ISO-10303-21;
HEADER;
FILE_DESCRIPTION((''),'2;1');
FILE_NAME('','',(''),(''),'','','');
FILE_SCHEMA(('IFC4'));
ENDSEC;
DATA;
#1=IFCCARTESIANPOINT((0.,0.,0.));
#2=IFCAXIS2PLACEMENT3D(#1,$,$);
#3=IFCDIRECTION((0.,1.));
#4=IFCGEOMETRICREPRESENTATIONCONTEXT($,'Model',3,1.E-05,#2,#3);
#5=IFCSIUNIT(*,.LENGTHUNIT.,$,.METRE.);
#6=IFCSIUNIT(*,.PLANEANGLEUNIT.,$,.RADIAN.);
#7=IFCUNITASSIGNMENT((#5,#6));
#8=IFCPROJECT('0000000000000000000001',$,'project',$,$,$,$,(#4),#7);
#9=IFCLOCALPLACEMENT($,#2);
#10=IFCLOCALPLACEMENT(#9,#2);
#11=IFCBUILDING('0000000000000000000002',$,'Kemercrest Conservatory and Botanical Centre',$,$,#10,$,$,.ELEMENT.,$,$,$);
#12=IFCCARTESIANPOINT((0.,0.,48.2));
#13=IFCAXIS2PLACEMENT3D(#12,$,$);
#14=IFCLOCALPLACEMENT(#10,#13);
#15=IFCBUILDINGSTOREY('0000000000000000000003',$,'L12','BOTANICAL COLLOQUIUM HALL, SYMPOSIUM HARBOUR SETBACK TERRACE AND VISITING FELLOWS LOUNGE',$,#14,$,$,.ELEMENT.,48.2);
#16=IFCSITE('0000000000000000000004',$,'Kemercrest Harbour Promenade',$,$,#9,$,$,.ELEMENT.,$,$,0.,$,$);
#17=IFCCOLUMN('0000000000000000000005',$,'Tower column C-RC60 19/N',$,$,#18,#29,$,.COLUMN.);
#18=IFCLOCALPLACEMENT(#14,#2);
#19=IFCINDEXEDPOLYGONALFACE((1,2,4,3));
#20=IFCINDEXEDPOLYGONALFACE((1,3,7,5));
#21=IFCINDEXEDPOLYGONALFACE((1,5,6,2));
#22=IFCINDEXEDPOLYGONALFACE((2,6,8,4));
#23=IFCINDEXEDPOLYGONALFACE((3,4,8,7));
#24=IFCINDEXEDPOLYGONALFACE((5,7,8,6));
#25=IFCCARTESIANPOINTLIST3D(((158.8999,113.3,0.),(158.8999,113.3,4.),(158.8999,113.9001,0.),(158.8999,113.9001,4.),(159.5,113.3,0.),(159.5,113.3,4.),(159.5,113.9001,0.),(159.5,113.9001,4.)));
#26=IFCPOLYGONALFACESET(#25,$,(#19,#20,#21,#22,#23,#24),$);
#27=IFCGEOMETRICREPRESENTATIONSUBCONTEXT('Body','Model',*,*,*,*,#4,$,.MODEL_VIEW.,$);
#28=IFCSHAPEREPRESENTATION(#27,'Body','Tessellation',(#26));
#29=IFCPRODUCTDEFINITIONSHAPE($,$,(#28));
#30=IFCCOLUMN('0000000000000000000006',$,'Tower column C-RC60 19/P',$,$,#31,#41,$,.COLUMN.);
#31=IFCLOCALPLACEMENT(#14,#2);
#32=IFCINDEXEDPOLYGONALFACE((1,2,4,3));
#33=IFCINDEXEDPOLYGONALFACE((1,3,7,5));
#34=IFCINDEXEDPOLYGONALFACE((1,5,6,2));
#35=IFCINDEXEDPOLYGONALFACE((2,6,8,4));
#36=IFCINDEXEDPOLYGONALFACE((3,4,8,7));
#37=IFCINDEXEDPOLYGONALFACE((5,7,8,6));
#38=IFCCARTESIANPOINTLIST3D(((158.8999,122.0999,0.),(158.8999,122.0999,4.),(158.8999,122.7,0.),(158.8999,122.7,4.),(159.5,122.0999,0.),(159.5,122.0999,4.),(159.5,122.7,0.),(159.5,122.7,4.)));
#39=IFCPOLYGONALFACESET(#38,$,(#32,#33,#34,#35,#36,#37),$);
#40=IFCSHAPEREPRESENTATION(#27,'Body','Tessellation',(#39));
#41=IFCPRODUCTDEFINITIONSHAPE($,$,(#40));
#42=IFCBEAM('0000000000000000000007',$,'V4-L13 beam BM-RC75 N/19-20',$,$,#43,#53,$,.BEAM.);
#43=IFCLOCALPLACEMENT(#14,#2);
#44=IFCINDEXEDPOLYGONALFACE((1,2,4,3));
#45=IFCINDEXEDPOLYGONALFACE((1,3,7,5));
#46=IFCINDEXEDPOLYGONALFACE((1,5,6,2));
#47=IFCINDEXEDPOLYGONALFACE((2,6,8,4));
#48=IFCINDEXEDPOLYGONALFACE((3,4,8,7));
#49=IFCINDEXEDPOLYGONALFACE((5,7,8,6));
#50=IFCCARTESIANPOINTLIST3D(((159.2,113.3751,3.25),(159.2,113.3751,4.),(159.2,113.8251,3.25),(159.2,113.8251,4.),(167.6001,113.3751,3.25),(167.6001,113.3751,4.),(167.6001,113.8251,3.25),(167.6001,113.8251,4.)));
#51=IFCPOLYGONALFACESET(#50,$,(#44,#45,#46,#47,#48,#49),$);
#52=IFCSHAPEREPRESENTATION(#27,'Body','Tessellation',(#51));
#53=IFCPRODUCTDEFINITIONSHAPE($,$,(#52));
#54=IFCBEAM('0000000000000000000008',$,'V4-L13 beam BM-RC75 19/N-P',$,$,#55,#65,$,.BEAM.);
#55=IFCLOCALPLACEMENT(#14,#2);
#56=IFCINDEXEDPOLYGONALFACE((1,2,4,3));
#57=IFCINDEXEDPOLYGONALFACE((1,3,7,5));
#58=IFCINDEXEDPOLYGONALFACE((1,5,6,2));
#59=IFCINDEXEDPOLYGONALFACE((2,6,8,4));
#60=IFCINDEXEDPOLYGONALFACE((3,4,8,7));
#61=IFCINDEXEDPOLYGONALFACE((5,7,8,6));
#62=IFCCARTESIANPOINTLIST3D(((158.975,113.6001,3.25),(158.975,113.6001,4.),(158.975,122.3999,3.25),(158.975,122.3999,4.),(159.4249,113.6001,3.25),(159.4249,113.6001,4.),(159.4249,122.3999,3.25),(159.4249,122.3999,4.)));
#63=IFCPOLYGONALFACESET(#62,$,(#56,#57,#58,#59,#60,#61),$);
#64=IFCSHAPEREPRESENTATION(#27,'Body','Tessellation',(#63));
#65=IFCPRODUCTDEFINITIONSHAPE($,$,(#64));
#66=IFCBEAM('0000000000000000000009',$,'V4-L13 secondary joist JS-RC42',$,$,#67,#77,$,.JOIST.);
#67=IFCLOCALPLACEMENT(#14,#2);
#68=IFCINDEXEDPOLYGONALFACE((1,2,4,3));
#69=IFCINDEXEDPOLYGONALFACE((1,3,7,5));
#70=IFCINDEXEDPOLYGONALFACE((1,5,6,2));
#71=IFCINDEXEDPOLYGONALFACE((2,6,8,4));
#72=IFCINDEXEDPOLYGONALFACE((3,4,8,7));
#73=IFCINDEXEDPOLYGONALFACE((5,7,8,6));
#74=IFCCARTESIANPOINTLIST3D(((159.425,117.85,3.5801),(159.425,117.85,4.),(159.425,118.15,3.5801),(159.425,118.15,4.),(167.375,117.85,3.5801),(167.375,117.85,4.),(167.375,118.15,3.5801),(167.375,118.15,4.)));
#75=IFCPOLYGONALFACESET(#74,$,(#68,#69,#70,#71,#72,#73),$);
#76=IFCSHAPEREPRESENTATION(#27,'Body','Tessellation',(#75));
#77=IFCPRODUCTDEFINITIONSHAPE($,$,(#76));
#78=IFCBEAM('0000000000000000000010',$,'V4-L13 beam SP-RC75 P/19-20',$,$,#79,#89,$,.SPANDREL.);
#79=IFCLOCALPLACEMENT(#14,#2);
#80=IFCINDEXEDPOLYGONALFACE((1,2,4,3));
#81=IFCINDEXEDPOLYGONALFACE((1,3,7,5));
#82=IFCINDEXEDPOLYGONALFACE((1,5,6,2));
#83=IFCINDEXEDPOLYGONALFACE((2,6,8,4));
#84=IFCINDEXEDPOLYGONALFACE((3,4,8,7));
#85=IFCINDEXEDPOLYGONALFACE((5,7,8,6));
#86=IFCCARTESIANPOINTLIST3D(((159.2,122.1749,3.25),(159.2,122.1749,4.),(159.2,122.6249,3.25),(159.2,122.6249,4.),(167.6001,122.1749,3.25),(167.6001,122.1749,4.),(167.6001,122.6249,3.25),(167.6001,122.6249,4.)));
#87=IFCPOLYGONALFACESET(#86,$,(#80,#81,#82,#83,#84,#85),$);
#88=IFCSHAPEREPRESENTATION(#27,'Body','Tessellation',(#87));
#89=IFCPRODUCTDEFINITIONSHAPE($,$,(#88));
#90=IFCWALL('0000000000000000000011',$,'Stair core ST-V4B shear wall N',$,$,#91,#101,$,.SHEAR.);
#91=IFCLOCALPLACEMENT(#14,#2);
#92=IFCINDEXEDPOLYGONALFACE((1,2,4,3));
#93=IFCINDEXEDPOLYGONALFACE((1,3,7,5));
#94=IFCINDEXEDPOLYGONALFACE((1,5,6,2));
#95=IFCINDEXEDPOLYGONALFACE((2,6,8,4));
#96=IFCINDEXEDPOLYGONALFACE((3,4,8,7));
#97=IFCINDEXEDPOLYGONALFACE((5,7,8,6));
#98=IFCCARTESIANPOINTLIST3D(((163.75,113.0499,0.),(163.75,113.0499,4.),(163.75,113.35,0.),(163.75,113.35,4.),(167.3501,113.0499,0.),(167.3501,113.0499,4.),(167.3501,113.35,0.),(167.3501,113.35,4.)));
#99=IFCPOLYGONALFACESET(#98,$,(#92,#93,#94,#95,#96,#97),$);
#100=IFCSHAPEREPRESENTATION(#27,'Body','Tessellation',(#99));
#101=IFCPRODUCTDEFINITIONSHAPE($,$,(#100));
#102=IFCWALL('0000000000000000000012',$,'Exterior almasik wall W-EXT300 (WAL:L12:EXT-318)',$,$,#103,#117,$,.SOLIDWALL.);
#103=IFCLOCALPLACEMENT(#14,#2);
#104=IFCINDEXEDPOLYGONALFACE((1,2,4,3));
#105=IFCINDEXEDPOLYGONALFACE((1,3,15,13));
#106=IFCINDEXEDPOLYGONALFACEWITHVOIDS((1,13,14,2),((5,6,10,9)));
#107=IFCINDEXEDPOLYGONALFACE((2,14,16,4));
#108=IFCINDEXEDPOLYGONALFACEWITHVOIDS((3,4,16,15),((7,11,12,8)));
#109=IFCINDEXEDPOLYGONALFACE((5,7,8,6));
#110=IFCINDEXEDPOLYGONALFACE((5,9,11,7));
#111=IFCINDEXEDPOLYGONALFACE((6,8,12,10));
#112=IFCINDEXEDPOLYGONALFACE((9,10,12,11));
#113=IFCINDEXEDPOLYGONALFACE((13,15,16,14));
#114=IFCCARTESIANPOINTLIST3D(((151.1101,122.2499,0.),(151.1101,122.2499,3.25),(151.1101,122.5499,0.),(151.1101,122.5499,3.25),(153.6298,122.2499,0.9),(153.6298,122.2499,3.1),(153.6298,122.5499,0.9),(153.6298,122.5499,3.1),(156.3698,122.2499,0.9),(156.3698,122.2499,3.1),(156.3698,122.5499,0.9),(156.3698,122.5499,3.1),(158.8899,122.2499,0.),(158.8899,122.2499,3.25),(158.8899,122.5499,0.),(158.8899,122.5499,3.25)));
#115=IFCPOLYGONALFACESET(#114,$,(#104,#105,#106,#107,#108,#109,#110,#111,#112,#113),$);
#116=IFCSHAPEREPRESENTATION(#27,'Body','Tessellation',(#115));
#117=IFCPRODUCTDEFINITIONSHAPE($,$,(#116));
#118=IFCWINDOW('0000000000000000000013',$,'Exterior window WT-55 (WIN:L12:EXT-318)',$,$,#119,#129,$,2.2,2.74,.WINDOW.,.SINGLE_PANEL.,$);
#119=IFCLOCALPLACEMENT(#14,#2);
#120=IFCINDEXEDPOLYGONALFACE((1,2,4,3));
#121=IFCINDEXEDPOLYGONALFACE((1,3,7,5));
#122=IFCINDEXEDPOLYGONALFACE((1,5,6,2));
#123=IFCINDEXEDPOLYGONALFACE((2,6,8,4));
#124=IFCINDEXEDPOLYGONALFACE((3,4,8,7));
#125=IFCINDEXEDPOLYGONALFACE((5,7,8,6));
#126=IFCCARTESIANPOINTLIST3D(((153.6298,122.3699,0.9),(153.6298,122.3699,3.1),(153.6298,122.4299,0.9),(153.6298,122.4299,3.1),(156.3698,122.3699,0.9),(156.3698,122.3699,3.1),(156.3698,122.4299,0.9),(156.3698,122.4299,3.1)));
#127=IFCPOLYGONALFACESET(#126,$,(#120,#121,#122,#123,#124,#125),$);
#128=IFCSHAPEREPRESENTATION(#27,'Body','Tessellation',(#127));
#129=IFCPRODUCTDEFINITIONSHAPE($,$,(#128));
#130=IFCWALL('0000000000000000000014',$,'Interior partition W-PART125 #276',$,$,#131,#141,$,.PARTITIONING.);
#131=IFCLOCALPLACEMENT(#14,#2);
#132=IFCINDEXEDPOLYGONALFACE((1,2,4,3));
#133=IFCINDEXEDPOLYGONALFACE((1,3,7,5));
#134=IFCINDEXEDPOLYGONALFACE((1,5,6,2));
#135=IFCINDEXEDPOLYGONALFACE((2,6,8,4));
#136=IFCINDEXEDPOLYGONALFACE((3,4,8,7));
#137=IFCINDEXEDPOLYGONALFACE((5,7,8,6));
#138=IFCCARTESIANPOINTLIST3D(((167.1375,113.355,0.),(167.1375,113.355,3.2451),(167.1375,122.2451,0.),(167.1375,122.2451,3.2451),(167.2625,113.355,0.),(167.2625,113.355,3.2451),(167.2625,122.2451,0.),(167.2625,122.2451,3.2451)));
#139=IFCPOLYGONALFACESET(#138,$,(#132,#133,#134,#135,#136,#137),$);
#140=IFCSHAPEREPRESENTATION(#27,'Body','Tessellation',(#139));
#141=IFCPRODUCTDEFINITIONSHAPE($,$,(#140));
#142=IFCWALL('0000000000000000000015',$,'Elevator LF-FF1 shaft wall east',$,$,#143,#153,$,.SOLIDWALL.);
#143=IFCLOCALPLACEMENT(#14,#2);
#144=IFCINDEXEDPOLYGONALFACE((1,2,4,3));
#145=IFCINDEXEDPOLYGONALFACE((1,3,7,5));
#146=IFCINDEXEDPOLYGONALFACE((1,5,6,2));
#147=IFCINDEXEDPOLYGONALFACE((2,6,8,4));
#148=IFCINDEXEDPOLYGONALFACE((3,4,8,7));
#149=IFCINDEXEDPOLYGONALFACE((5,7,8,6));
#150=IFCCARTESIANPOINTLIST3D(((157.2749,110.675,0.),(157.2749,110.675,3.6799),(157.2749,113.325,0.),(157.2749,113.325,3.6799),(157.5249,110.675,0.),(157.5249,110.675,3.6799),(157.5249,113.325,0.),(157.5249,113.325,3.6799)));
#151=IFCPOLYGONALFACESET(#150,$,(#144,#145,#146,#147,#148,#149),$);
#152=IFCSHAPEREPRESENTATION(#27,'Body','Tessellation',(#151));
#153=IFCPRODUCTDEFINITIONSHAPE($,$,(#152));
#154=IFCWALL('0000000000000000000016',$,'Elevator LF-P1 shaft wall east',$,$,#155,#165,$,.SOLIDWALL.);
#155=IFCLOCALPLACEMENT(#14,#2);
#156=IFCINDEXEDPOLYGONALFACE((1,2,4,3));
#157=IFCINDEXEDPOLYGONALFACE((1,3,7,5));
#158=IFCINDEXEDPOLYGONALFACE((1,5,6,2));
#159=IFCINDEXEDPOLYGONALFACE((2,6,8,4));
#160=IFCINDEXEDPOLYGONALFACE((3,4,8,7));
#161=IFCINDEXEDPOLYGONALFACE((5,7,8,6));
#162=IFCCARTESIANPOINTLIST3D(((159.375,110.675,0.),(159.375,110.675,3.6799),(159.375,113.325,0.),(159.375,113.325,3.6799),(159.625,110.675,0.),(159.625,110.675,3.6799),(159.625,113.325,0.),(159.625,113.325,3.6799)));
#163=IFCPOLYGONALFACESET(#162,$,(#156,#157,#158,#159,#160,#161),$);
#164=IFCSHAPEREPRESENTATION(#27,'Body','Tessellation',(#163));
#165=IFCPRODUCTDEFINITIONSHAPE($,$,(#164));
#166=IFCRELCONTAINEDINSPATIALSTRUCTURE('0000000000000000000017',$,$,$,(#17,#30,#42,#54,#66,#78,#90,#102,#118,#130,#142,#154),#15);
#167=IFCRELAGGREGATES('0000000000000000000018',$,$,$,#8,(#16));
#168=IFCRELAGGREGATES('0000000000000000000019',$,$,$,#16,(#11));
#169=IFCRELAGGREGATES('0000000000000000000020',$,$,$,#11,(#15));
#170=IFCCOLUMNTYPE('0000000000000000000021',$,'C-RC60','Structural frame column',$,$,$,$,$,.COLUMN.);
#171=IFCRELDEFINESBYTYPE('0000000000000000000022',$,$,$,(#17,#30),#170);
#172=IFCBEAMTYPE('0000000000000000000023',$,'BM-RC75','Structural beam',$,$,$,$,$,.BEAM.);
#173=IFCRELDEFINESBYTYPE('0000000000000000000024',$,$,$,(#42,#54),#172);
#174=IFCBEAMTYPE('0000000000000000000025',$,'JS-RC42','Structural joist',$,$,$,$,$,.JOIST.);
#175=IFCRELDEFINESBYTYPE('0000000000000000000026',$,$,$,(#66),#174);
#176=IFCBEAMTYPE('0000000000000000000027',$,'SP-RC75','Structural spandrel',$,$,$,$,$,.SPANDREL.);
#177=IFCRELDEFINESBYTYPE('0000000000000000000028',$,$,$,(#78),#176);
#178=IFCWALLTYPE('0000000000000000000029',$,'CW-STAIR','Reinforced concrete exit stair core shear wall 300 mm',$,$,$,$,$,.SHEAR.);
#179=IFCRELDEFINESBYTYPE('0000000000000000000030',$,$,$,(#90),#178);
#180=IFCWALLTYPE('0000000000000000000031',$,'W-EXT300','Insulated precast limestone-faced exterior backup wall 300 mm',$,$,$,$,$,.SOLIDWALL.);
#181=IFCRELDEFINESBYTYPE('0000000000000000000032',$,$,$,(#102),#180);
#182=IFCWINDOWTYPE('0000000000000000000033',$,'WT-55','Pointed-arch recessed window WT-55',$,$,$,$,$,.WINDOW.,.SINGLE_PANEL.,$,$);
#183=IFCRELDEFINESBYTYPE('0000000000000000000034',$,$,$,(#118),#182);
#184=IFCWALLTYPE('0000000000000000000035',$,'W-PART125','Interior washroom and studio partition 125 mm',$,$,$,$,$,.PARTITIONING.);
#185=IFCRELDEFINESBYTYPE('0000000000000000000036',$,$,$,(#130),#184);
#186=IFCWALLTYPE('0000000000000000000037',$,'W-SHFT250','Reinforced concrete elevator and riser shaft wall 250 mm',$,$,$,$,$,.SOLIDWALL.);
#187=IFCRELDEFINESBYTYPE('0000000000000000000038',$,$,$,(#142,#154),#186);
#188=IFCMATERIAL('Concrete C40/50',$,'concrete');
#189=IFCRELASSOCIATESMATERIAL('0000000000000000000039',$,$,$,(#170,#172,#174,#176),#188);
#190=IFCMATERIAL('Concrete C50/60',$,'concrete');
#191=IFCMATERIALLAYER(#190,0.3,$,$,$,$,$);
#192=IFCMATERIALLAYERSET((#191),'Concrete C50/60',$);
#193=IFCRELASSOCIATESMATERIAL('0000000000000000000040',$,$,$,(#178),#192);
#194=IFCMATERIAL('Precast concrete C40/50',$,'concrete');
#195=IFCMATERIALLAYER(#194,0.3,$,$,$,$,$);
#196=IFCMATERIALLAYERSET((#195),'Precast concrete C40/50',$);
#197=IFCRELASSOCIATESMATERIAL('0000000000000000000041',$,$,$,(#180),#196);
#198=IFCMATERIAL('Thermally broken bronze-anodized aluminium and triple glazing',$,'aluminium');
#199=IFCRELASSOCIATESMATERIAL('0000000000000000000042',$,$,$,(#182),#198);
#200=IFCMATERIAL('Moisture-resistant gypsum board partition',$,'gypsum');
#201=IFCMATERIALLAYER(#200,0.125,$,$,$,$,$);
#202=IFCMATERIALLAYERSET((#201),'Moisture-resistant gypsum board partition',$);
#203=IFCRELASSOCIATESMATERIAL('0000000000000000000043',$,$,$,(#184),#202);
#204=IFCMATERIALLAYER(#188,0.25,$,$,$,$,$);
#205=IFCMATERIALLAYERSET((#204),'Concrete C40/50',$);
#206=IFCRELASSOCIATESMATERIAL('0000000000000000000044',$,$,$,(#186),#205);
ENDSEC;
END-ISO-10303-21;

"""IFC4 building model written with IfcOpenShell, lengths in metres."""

from ifc_helpers import new_model, si_unit, direction, frame, frame_2d, origin, origin_2d, place, context, subcontext, project, spatial, rectangle, extrude, material, layer, layer_set, material_profile, profile_set, type_object, element, fill, save


model = new_model("IFC4")

# Units and contexts
model_context = context("Model", 3, precision=1e-05, world=origin(), true_north=direction((0.0, 1.0)))
body_context = subcontext(model_context, "Body", "Model", "MODEL_VIEW")
ifc_project = project(units=[si_unit("LENGTHUNIT", "METRE"), si_unit("PLANEANGLEUNIT", "RADIAN")], contexts=[model_context])

# Site, building, storey
site_placement = place(None, origin())
site = spatial("IfcSite", under=ifc_project, at=site_placement, Name="Kemercrest Harbour Promenade", CompositionType="ELEMENT", RefElevation=0.0)
building_placement = place(site_placement, origin())
building = spatial("IfcBuilding", under=site, at=building_placement, Name="Kemercrest Conservatory and Botanical Centre", CompositionType="ELEMENT")
storey_placement = place(building_placement, frame((0.0, 0.0, 48.2)))
storey = spatial("IfcBuildingStorey", under=building, at=storey_placement, Name="L12", Description="BOTANICAL COLLOQUIUM HALL, SYMPOSIUM HARBOUR SETBACK TERRACE AND VISITING FELLOWS LOUNGE", CompositionType="ELEMENT", Elevation=48.2)

# Columns
ifc_material_1 = material(Name="Concrete C40/50", Category="concrete")
ifc_material_profile_1 = material_profile(ifc_material_1, rectangle(XDim=0.6001, YDim=0.6001, at=origin_2d()), Name="RC 600x600")
ifc_profile_set_1 = profile_set([ifc_material_profile_1], Name="Concrete C40/50")
column_type = type_object("IfcColumnType", Name="C-RC60", Description="Structural frame column", PredefinedType="COLUMN", material=ifc_profile_set_1)
for number, where, z_axis, x_axis, name in (
    (1, (159.2, 113.6001, 0.0), (0.0, 0.0, 1.0), (1.0, 0.0, 0.0), "Tower column C-RC60 19/N"),
    (2, (159.2, 122.3999, 0.0), (0.0, 0.0, 1.0), (1.0, 0.0, 0.0), "Tower column C-RC60 19/P"),
):
    element("IfcColumn", number, at=place(storey_placement, frame(where, z_axis=z_axis, x_axis=x_axis)), inside=storey, type_object=column_type, Name=name, PredefinedType="COLUMN", context=body_context, shape_type="SweptSolid", body=[
        extrude(rectangle(XDim=0.6001, YDim=0.6001, at=origin_2d()), origin(), (0.0, 0.0, 1.0), 4.0),
    ])

# Beams
ifc_material_profile_2 = material_profile(ifc_material_1, rectangle(XDim=0.45, YDim=0.75, at=origin_2d()), Name="RC 450x750")
ifc_profile_set_2 = profile_set([ifc_material_profile_2], Name="Concrete C40/50")
beam_type_1 = type_object("IfcBeamType", Name="BM-RC75", Description="Structural beam", PredefinedType="BEAM", material=ifc_profile_set_2)
beam_1_placement = place(storey_placement, frame((159.2, 113.6001, 3.625), z_axis=(1.0, 0.0, 0.0), x_axis=(0.0, 1.0, 0.0)))
element("IfcBeam", 3, at=beam_1_placement, inside=storey, type_object=beam_type_1, Name="V4-L13 beam BM-RC75 N/19-20", PredefinedType="BEAM", context=body_context, shape_type="SweptSolid", body=[
    extrude(rectangle(XDim=0.45, YDim=0.75, at=origin_2d()), origin(), (0.0, 0.0, 1.0), 8.4001),
])
beam_2_placement = place(storey_placement, frame((159.2, 113.6001, 3.625), z_axis=(0.0, 1.0, 0.0), x_axis=(-1.0, 0.0, 0.0)))
element("IfcBeam", 4, at=beam_2_placement, inside=storey, type_object=beam_type_1, Name="V4-L13 beam BM-RC75 19/N-P", PredefinedType="BEAM", context=body_context, shape_type="SweptSolid", body=[
    extrude(rectangle(XDim=0.45, YDim=0.75, at=origin_2d()), origin(), (0.0, 0.0, 1.0), 8.7998),
])
ifc_material_profile_3 = material_profile(ifc_material_1, rectangle(XDim=0.3, YDim=0.4199, at=origin_2d()), Name="RC 300x420")
ifc_profile_set_3 = profile_set([ifc_material_profile_3], Name="Concrete C40/50")
beam_type_2 = type_object("IfcBeamType", Name="JS-RC42", Description="Structural joist", PredefinedType="JOIST", material=ifc_profile_set_3)
beam_3_placement = place(storey_placement, frame((159.425, 118.0, 3.79), z_axis=(1.0, 0.0, 0.0), x_axis=(0.0, 1.0, 0.0)))
element("IfcBeam", 5, at=beam_3_placement, inside=storey, type_object=beam_type_2, Name="V4-L13 secondary joist JS-RC42", PredefinedType="JOIST", context=body_context, shape_type="SweptSolid", body=[
    extrude(rectangle(XDim=0.3, YDim=0.4199, at=origin_2d()), origin(), (0.0, 0.0, 1.0), 7.95),
])
ifc_material_profile_4 = material_profile(ifc_material_1, rectangle(XDim=0.45, YDim=0.75, at=origin_2d()), Name="RC 450x750")
ifc_profile_set_4 = profile_set([ifc_material_profile_4], Name="Concrete C40/50")
beam_type_3 = type_object("IfcBeamType", Name="SP-RC75", Description="Structural spandrel", PredefinedType="SPANDREL", material=ifc_profile_set_4)
beam_4_placement = place(storey_placement, frame((159.2, 122.3999, 3.625), z_axis=(1.0, 0.0, 0.0), x_axis=(0.0, 1.0, 0.0)))
element("IfcBeam", 6, at=beam_4_placement, inside=storey, type_object=beam_type_3, Name="V4-L13 beam SP-RC75 P/19-20", PredefinedType="SPANDREL", context=body_context, shape_type="SweptSolid", body=[
    extrude(rectangle(XDim=0.45, YDim=0.75, at=origin_2d()), origin(), (0.0, 0.0, 1.0), 8.4001),
])

# Wall
ifc_material_2 = material(Name="Concrete C50/60", Category="concrete")
ifc_layer_1 = layer(ifc_material_2, 0.3)
ifc_layer_set_1 = layer_set([ifc_layer_1], Name="Concrete C50/60")
wall_type_1 = type_object("IfcWallType", Name="CW-STAIR", Description="Reinforced concrete exit stair core shear wall 300 mm", PredefinedType="SHEAR", material=ifc_layer_set_1)
wall_1_placement = place(storey_placement, frame((163.75, 113.2, 0.0), z_axis=(0.0, 0.0, 1.0), x_axis=(1.0, 0.0, 0.0)))
element("IfcWall", 7, at=wall_1_placement, inside=storey, type_object=wall_type_1, Name="Stair core ST-V4B shear wall N", PredefinedType="SHEAR", context=body_context, shape_type="SweptSolid", body=[
    extrude(rectangle(XDim=3.6001, YDim=0.3, at=frame_2d((1.8, 0.0))), origin(), (0.0, 0.0, 1.0), 4.0),
])

# Wall, opening, window
ifc_material_3 = material(Name="Precast concrete C40/50", Category="concrete")
ifc_layer_2 = layer(ifc_material_3, 0.3)
ifc_layer_set_2 = layer_set([ifc_layer_2], Name="Precast concrete C40/50")
wall_type_2 = type_object("IfcWallType", Name="W-EXT300", Description="Insulated precast limestone-faced exterior backup wall 300 mm", PredefinedType="SOLIDWALL", material=ifc_layer_set_2)
wall_2_placement = place(storey_placement, frame((158.8899, 122.3999, 0.0), z_axis=(0.0, 0.0, 1.0), x_axis=(-1.0, 0.0, 0.0)))
wall_2 = element("IfcWall", 8, at=wall_2_placement, inside=storey, type_object=wall_type_2, Name="Exterior almasik wall W-EXT300 (WAL:L12:EXT-318)", PredefinedType="SOLIDWALL", context=body_context, shape_type="SweptSolid", body=[
    extrude(rectangle(XDim=7.7798, YDim=0.3, at=frame_2d((3.8899, 0.0))), origin(), (0.0, 0.0, 1.0), 3.25),
])
opening_1_placement = place(wall_2_placement, frame((2.52, 0.0, 0.8999)))
opening_1 = element("IfcOpeningElement", 9, at=opening_1_placement, cuts=wall_2, PredefinedType="OPENING", context=body_context, shape_type="SweptSolid", body=[
    extrude(rectangle(XDim=2.74, YDim=2.2, at=frame_2d((1.3701, 1.1001))), frame((0.0, 0.1602, 0.0), z_axis=(0.0, -1.0, 0.0), x_axis=(1.0, 0.0, 0.0)), (0.0, 0.0, 1.0), 0.3201),
])
ifc_material_4 = material(Name="Thermally broken bronze-anodized aluminium and triple glazing", Category="aluminium")
window_type = type_object("IfcWindowType", Name="WT-55", Description="Pointed-arch recessed window WT-55", PartitioningType="SINGLE_PANEL", PredefinedType="WINDOW", material=ifc_material_4)
window_placement = place(opening_1_placement, origin())
window = element("IfcWindow", 10, at=window_placement, inside=storey, type_object=window_type, Name="Exterior window WT-55 (WIN:L12:EXT-318)", OverallHeight=2.2, OverallWidth=2.74, PartitioningType="SINGLE_PANEL", PredefinedType="WINDOW", context=body_context, shape_type="SweptSolid", body=[
    extrude(rectangle(XDim=2.74, YDim=2.2, at=frame_2d((1.3701, 1.1001))), frame((0.0, 0.03, 0.0), z_axis=(0.0, -1.0, 0.0), x_axis=(1.0, 0.0, 0.0)), (0.0, 0.0, 1.0), 0.0601),
])
fill(opening_1, window)

# Walls
ifc_material_5 = material(Name="Moisture-resistant gypsum board partition", Category="gypsum")
ifc_layer_3 = layer(ifc_material_5, 0.125)
ifc_layer_set_3 = layer_set([ifc_layer_3], Name="Moisture-resistant gypsum board partition")
wall_type_3 = type_object("IfcWallType", Name="W-PART125", Description="Interior washroom and studio partition 125 mm", PredefinedType="PARTITIONING", material=ifc_layer_set_3)
wall_3_placement = place(storey_placement, frame((167.2, 113.355, 0.0), z_axis=(0.0, 0.0, 1.0), x_axis=(0.0, 1.0, 0.0)))
element("IfcWall", 11, at=wall_3_placement, inside=storey, type_object=wall_type_3, Name="Interior partition W-PART125 #276", PredefinedType="PARTITIONING", context=body_context, shape_type="SweptSolid", body=[
    extrude(rectangle(XDim=8.8901, YDim=0.125, at=frame_2d((4.4451, 0.0))), origin(), (0.0, 0.0, 1.0), 3.2451),
])
ifc_layer_4 = layer(ifc_material_1, 0.25)
ifc_layer_set_4 = layer_set([ifc_layer_4], Name="Concrete C40/50")
wall_type_4 = type_object("IfcWallType", Name="W-SHFT250", Description="Reinforced concrete elevator and riser shaft wall 250 mm", PredefinedType="SOLIDWALL", material=ifc_layer_set_4)
for number, where, z_axis, x_axis, name in (
    (12, (157.3999, 110.675, 0.0), (0.0, 0.0, 1.0), (0.0, 1.0, 0.0), "Elevator LF-FF1 shaft wall east"),
    (13, (159.5, 110.675, 0.0), (0.0, 0.0, 1.0), (0.0, 1.0, 0.0), "Elevator LF-P1 shaft wall east"),
):
    element("IfcWall", number, at=place(storey_placement, frame(where, z_axis=z_axis, x_axis=x_axis)), inside=storey, type_object=wall_type_4, Name=name, PredefinedType="SOLIDWALL", context=body_context, shape_type="SweptSolid", body=[
        extrude(rectangle(XDim=2.6499, YDim=0.25, at=frame_2d((1.325, 0.0))), origin(), (0.0, 0.0, 1.0), 3.6799),
    ])

save(model, "model.ifc")
